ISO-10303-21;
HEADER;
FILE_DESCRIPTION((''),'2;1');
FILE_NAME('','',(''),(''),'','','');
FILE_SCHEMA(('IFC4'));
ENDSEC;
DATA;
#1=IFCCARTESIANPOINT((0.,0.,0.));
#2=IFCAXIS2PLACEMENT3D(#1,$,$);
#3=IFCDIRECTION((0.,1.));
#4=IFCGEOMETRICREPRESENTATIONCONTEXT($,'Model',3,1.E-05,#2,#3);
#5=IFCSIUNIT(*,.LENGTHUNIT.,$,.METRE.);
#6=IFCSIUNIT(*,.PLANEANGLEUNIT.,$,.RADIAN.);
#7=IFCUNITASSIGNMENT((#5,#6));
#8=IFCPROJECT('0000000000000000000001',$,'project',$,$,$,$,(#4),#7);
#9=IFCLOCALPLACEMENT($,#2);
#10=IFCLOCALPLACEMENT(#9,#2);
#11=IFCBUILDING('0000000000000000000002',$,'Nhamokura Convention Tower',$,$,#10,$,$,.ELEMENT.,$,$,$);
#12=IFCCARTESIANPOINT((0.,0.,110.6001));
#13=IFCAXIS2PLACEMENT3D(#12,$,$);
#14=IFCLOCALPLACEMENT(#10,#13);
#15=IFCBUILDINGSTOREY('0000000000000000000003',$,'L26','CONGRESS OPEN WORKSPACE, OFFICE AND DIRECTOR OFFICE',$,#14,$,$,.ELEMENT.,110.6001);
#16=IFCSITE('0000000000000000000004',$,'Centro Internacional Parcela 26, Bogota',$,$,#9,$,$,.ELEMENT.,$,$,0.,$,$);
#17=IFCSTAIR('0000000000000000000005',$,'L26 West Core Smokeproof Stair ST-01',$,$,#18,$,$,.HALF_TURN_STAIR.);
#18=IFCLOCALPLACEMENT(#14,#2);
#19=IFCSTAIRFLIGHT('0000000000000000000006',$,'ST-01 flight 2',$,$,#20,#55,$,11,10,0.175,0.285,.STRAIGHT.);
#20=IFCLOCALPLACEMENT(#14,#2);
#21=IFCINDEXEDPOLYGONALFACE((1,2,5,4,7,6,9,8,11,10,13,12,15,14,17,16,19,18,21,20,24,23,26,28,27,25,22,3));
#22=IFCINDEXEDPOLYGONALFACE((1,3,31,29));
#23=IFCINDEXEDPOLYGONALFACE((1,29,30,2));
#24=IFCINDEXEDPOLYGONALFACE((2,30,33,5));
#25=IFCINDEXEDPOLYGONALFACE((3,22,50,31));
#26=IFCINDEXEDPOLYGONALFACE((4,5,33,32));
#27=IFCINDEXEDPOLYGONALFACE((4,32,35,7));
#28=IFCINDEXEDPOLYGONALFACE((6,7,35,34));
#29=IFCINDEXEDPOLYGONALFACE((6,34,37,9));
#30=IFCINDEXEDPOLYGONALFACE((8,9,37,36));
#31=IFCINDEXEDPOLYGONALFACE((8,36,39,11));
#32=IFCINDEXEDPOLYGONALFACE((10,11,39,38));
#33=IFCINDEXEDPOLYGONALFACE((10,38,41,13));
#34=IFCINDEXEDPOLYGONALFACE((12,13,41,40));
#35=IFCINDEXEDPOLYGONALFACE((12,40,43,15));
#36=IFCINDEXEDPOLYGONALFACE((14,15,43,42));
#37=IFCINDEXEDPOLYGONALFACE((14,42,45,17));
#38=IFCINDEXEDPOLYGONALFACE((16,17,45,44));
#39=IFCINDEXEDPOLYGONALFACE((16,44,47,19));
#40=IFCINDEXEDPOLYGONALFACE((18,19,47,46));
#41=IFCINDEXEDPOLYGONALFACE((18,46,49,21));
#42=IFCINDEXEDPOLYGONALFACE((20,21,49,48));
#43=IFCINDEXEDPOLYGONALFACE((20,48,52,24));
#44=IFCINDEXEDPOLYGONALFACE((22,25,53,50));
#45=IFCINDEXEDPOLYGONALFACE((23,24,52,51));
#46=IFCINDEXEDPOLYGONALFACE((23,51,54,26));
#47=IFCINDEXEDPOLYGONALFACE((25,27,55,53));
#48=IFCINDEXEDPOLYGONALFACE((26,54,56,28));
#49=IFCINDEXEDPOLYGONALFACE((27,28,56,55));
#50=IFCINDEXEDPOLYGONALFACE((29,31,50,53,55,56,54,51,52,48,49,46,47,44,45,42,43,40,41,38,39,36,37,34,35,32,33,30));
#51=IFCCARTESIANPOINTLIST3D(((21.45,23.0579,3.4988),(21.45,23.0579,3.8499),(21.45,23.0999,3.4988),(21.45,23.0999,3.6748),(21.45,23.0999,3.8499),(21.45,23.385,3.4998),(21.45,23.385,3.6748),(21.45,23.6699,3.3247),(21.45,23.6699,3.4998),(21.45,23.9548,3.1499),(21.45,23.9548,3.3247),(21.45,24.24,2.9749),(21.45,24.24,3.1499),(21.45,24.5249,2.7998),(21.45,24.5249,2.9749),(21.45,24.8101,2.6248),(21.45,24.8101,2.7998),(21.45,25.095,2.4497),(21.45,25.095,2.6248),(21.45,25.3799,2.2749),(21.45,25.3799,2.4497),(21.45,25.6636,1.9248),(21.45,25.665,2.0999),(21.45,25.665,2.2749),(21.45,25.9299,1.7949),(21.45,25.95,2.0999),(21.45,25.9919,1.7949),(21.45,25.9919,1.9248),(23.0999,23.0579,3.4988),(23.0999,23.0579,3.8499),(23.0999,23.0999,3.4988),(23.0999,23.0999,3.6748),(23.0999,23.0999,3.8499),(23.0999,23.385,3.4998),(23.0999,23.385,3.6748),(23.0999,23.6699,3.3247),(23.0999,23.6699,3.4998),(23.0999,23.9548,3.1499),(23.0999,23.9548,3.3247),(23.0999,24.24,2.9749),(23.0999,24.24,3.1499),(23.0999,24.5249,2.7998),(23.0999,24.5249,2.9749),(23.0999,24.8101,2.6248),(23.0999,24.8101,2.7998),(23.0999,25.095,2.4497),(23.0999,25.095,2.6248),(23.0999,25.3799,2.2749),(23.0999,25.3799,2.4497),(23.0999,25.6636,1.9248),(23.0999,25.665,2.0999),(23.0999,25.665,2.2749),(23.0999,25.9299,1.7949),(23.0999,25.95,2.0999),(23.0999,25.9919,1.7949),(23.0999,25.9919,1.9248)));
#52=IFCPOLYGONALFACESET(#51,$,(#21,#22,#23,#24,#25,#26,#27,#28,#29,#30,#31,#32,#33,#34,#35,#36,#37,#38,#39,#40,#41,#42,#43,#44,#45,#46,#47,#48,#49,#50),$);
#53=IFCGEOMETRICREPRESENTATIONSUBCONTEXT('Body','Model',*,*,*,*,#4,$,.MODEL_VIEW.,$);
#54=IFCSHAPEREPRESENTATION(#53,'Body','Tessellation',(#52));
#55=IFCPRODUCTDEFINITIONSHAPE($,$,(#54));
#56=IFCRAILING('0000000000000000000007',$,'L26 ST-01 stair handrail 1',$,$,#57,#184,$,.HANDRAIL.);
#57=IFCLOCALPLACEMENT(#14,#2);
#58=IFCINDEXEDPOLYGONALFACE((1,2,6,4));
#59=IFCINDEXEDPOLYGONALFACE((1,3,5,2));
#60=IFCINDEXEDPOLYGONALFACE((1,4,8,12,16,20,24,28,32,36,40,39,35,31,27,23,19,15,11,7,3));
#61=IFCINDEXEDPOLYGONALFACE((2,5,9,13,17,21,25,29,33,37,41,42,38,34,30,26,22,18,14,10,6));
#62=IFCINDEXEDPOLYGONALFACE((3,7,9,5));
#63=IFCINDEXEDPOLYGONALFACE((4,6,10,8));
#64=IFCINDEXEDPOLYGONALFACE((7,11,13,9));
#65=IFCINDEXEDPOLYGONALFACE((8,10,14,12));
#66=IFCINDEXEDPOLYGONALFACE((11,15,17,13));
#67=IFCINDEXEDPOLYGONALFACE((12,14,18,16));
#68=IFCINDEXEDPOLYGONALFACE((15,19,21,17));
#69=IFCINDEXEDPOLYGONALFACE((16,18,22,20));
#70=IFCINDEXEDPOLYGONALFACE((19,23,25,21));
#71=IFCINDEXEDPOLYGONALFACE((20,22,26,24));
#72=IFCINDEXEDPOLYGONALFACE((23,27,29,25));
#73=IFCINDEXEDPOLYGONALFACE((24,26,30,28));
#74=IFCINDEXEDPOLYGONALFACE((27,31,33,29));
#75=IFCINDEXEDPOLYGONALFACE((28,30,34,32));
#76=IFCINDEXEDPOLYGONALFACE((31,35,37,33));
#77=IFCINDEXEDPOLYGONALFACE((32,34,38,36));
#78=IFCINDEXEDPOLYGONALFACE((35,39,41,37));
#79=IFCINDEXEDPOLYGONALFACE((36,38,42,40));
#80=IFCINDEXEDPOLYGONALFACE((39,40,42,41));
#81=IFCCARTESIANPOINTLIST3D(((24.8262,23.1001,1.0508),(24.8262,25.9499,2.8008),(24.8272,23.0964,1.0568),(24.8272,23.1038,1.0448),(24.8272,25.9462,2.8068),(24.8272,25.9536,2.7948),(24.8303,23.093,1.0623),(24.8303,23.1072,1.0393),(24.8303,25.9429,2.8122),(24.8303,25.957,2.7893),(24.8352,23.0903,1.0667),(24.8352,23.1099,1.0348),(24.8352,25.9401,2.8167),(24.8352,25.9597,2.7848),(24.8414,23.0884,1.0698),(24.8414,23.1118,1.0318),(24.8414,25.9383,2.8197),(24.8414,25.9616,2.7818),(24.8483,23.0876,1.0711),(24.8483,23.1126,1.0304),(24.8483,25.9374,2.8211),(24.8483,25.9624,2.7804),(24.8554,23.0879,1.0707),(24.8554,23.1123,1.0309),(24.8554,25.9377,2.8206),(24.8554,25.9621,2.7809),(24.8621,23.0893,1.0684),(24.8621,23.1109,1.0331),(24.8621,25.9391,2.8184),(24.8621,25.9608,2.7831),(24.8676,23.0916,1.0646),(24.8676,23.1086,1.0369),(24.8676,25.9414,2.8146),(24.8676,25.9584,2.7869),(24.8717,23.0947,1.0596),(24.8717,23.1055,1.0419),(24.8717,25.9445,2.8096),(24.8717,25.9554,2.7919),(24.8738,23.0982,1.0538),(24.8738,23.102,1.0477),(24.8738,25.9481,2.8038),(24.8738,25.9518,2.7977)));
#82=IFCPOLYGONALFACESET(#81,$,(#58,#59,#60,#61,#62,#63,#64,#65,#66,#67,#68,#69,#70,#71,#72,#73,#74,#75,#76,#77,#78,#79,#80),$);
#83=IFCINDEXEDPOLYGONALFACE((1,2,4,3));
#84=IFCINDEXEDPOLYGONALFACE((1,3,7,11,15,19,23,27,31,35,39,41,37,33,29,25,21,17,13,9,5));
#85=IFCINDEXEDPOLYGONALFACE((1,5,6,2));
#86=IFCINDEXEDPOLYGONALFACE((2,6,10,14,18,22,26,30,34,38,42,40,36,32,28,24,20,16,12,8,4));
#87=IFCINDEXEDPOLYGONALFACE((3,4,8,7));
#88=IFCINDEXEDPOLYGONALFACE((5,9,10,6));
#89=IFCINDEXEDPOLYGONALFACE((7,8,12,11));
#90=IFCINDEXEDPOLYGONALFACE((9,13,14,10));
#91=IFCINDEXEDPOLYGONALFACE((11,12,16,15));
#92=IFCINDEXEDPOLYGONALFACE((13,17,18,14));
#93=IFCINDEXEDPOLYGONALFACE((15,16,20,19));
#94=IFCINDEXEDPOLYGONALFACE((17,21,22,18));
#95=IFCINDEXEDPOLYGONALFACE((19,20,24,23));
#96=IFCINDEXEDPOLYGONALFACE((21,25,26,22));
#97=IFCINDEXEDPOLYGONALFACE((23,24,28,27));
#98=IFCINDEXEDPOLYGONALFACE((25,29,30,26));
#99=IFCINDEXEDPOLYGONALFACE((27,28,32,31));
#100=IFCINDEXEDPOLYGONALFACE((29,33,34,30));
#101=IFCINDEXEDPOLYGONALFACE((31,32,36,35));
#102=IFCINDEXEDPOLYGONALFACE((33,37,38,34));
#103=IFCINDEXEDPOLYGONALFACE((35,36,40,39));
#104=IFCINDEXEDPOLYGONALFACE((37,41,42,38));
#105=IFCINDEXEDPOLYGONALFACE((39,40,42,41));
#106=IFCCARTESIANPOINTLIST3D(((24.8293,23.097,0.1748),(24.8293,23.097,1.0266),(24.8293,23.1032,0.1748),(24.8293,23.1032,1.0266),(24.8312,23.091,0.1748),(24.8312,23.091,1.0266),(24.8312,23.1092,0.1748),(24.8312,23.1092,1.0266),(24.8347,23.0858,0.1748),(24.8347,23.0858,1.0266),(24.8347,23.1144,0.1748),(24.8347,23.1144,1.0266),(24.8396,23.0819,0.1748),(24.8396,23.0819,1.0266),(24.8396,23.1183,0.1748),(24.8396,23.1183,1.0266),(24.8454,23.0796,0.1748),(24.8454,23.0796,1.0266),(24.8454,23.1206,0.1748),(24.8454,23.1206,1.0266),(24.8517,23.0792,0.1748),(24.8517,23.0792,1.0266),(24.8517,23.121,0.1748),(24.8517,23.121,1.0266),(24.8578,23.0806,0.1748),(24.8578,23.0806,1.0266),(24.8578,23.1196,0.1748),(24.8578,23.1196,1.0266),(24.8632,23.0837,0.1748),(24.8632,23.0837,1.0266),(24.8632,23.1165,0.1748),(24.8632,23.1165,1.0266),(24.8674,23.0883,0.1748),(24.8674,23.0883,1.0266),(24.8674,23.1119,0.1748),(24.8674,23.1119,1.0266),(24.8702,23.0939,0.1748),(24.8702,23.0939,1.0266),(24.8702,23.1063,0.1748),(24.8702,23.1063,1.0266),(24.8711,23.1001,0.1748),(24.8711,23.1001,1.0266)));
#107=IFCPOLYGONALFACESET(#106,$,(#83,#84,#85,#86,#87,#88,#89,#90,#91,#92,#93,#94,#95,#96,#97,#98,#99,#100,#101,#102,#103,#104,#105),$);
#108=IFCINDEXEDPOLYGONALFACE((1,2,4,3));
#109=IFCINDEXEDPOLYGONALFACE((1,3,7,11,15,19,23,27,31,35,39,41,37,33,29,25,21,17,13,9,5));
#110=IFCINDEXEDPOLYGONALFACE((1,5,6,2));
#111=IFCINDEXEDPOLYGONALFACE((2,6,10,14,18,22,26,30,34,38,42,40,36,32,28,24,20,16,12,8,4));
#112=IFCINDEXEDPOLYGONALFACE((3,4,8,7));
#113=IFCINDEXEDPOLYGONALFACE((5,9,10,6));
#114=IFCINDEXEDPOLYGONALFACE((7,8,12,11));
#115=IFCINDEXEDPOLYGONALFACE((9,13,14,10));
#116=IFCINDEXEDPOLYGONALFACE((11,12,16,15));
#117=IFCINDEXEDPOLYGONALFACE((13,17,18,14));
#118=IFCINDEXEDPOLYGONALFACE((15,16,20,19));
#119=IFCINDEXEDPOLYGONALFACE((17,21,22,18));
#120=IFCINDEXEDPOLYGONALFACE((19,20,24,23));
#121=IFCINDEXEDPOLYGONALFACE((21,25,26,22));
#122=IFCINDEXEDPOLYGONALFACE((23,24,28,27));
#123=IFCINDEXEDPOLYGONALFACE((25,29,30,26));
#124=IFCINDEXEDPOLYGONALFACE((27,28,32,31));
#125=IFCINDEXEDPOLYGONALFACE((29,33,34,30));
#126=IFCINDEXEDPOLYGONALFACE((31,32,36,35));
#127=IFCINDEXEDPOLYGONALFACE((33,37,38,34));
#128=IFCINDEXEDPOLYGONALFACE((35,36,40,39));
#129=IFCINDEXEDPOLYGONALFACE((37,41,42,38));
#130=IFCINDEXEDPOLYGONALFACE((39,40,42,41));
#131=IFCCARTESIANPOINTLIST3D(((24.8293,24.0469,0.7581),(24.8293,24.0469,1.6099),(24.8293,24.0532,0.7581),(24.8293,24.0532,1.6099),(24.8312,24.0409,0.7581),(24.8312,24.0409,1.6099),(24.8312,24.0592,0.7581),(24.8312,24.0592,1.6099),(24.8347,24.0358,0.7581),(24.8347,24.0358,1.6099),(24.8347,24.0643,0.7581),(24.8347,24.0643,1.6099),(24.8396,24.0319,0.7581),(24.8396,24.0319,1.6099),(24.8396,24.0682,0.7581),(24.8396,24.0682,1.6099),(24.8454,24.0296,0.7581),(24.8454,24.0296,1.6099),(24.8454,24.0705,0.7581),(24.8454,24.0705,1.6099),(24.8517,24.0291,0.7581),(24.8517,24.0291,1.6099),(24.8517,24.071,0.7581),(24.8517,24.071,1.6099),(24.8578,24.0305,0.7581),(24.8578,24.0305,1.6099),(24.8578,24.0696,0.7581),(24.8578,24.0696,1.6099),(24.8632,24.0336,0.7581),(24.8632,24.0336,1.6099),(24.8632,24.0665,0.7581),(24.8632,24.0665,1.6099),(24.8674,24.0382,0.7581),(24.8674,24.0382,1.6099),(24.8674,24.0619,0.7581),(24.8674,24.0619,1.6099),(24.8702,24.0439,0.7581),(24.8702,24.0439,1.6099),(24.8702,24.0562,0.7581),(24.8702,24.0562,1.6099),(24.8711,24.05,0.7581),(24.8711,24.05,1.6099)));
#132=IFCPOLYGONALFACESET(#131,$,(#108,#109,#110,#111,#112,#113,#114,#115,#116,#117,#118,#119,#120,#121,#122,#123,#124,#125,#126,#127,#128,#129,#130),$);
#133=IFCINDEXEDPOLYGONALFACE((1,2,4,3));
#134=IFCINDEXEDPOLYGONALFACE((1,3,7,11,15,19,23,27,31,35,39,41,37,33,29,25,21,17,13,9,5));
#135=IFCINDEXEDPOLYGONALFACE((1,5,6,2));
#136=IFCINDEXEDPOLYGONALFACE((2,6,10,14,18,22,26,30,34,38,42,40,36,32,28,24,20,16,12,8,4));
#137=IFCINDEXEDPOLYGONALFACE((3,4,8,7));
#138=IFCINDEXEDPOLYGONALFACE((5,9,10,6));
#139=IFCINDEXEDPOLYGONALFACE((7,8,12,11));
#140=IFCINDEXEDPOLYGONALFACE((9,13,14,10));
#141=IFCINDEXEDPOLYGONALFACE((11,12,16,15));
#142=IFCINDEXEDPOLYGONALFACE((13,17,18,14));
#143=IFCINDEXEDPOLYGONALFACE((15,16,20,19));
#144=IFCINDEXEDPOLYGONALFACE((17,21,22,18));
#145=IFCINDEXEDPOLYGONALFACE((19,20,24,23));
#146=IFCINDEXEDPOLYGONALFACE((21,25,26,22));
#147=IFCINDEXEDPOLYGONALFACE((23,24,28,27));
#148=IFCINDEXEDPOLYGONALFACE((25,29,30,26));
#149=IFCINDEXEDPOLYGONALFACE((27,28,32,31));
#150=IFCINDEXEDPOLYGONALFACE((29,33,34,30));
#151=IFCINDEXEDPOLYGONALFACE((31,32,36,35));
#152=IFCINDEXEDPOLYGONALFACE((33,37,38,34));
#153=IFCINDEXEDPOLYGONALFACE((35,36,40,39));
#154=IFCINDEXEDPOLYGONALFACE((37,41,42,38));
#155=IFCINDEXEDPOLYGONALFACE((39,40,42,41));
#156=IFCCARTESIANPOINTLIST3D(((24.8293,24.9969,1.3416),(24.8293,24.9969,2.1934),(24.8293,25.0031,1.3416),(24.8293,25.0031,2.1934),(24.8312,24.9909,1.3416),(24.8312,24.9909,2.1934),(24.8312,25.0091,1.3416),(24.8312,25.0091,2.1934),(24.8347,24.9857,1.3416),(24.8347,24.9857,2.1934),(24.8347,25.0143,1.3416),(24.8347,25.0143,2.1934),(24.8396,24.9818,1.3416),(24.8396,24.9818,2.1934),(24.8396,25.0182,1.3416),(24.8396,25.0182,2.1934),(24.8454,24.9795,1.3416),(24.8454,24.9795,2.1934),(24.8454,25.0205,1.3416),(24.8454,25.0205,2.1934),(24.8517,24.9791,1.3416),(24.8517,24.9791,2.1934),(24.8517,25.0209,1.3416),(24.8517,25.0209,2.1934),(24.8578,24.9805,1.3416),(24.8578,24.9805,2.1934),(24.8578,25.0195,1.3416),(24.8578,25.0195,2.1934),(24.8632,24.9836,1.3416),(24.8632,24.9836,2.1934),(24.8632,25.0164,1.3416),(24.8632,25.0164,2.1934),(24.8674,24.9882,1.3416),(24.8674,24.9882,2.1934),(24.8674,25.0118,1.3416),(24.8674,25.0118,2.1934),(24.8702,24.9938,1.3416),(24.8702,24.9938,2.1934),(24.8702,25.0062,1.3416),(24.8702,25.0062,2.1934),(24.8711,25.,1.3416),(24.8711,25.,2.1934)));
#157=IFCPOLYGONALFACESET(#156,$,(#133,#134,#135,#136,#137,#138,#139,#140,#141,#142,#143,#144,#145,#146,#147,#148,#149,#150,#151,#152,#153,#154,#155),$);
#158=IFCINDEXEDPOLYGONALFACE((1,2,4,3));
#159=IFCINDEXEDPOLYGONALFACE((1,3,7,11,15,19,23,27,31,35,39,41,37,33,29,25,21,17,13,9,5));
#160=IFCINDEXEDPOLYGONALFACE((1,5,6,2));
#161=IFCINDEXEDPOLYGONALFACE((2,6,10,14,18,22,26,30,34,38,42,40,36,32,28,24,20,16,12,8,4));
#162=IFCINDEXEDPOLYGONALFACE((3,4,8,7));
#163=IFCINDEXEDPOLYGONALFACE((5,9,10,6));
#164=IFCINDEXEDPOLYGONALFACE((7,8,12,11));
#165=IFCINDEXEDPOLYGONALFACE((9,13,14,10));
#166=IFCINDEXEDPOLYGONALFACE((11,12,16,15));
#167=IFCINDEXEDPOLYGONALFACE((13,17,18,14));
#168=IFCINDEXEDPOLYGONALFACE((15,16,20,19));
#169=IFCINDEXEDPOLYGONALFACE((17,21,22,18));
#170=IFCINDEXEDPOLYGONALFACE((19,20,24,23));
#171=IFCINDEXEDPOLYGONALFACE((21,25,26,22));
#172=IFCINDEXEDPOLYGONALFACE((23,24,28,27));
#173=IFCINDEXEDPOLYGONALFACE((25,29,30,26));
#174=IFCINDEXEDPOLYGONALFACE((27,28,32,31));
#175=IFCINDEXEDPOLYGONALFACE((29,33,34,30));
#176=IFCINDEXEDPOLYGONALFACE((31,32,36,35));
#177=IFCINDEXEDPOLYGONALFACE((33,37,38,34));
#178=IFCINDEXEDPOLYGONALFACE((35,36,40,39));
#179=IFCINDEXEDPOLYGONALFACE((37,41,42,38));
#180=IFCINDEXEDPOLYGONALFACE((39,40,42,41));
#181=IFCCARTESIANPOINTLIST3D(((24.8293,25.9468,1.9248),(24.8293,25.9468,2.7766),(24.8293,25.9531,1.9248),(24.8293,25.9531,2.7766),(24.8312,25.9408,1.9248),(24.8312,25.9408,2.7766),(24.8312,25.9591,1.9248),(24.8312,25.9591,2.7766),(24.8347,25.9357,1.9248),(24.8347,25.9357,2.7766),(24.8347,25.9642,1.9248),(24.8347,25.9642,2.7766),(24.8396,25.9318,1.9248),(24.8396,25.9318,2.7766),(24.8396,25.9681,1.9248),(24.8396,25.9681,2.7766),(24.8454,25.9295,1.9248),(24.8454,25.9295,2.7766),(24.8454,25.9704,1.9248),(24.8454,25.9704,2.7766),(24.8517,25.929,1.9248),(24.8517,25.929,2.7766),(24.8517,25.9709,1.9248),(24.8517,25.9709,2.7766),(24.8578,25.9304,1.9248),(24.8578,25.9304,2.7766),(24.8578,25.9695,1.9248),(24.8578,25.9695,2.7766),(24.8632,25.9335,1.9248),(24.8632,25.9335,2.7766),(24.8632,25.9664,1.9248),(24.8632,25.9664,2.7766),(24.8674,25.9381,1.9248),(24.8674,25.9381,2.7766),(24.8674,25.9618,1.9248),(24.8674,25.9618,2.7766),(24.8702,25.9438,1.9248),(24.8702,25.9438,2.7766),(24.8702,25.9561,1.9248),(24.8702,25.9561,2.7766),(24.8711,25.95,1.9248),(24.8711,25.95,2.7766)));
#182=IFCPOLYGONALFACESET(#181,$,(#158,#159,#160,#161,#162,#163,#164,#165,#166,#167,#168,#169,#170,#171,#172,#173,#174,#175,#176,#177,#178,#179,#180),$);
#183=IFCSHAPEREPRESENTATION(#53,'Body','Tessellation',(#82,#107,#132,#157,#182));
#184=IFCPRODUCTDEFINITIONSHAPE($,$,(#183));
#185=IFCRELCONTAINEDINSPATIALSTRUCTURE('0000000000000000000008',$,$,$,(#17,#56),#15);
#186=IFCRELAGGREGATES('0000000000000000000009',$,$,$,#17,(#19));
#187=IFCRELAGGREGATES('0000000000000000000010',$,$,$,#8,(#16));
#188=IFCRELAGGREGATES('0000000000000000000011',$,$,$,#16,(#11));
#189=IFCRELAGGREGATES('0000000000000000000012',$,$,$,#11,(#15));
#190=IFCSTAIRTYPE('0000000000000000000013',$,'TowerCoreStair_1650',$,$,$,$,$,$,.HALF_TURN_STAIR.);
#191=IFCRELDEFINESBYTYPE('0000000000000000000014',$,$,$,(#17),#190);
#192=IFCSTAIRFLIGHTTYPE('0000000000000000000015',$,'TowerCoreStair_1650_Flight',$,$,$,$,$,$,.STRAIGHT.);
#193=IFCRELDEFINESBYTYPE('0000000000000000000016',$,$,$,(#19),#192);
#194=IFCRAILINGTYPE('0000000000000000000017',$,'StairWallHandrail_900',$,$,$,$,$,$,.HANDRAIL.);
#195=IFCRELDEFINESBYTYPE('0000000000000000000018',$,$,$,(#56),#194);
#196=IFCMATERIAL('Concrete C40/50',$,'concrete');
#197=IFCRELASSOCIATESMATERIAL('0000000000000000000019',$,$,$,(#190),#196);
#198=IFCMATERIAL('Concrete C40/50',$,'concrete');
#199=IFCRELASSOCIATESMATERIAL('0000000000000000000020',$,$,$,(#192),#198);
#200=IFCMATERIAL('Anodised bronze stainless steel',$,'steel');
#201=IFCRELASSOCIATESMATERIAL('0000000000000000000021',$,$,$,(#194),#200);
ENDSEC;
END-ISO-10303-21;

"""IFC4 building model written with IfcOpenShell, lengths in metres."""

from ifc_helpers import new_model, si_unit, direction, frame, origin, origin_2d, place, context, subcontext, project, spatial, polyline, circle, outline, extrude, material, type_object, element, aggregate, save


model = new_model("IFC4")

# Units and contexts
model_context = context("Model", 3, precision=1e-05, world=origin(), true_north=direction((0.0, 1.0)))
body_context = subcontext(model_context, "Body", "Model", "MODEL_VIEW")
ifc_project = project(units=[si_unit("LENGTHUNIT", "METRE"), si_unit("PLANEANGLEUNIT", "RADIAN")], contexts=[model_context])

# Site, building, storey
site_placement = place(None, origin())
site = spatial("IfcSite", under=ifc_project, at=site_placement, Name="Centro Internacional Parcela 26, Bogota", CompositionType="ELEMENT", RefElevation=0.0)
building_placement = place(site_placement, origin())
building = spatial("IfcBuilding", under=site, at=building_placement, Name="Nhamokura Convention Tower", CompositionType="ELEMENT")
storey_placement = place(building_placement, frame((0.0, 0.0, 110.6001)))
storey = spatial("IfcBuildingStorey", under=building, at=storey_placement, Name="L26", Description="CONGRESS OPEN WORKSPACE, OFFICE AND DIRECTOR OFFICE", CompositionType="ELEMENT", Elevation=110.6001)

# Stair, stair flight
ifc_material_1 = material(Name="Concrete C40/50", Category="concrete")
stair_type = type_object("IfcStairType", Name="TowerCoreStair_1650", PredefinedType="HALF_TURN_STAIR", material=ifc_material_1)
stair_placement = place(storey_placement, origin())
stair = element("IfcStair", 1, at=stair_placement, inside=storey, type_object=stair_type, Name="L26 West Core Smokeproof Stair ST-01", PredefinedType="HALF_TURN_STAIR")
ifc_material_2 = material(Name="Concrete C40/50", Category="concrete")
stair_flight_type = type_object("IfcStairFlightType", Name="TowerCoreStair_1650_Flight", PredefinedType="STRAIGHT", material=ifc_material_2)
stair_flight_1_placement = place(storey_placement, frame((22.2749, 25.95, 1.9248), z_axis=(0.0, 0.0, 1.0), x_axis=(0.0, -1.0, 0.0)))
stair_flight_1 = element("IfcStairFlight", 2, at=stair_flight_1_placement, type_object=stair_flight_type, Name="ST-01 flight 2", NumberOfRisers=11, NumberOfTreads=10, PredefinedType="STRAIGHT", RiserHeight=0.175, TreadLength=0.285, context=body_context, shape_type="SweptSolid", body=[
    extrude(outline(polyline([(-0.042, 0.0), (0.0, 0.175), (0.2849, 0.175), (0.2849, 0.3501), (0.5701, 0.3501), (0.5701, 0.5249), (0.855, 0.5249), (0.855, 0.7), (1.1399, 0.7), (1.1399, 0.875), (1.425, 0.875), (1.425, 1.05), (1.71, 1.05), (1.71, 1.2251), (1.9951, 1.2251), (1.9951, 1.3999), (2.28, 1.3999), (2.28, 1.575), (2.5649, 1.575), (2.5649, 1.75), (2.8501, 1.75), (2.8501, 1.925), (2.8921, 1.925), (2.8921, 1.574), (2.8501, 1.574), (0.2864, 0.0), (0.02, -0.1299), (-0.042, -0.1299), (-0.042, 0.0)])), frame((0.0, 0.825, 0.0), z_axis=(0.0, -1.0, 0.0), x_axis=(1.0, 0.0, 0.0)), (0.0, 0.0, 1.0), 1.6499),
])
aggregate(stair, [stair_flight_1])

# Railing
ifc_material_3 = material(Name="Anodised bronze stainless steel", Category="steel")
railing_type_1 = type_object("IfcRailingType", Name="StairWallHandrail_900", PredefinedType="HANDRAIL", material=ifc_material_3)
railing_1_placement = place(storey_placement, frame((24.8501, 23.1001, 0.1748)))
element("IfcRailing", 3, at=railing_1_placement, inside=storey, type_object=railing_type_1, Name="L26 ST-01 stair handrail 1", PredefinedType="HANDRAIL", context=body_context, shape_type="SweptSolid", body=[
    extrude(circle(Radius=0.0239, at=origin_2d()), frame((0.0, 0.0, 0.876), z_axis=(0.0, 0.852159, 0.523283), x_axis=(-1.0, 0.0, 0.0)), (0.0, 0.0, 1.0), 3.3442),
    extrude(circle(Radius=0.021, at=origin_2d()), origin(), (0.0, 0.0, 1.0), 0.8518),
    extrude(circle(Radius=0.021, at=origin_2d()), frame((0.0, 0.95, 0.5833)), (0.0, 0.0, 1.0), 0.8518),
    extrude(circle(Radius=0.021, at=origin_2d()), frame((0.0, 1.8999, 1.1667)), (0.0, 0.0, 1.0), 0.8518),
    extrude(circle(Radius=0.021, at=origin_2d()), frame((0.0, 2.8499, 1.75)), (0.0, 0.0, 1.0), 0.8518),
])

save(model, "model.ifc")
